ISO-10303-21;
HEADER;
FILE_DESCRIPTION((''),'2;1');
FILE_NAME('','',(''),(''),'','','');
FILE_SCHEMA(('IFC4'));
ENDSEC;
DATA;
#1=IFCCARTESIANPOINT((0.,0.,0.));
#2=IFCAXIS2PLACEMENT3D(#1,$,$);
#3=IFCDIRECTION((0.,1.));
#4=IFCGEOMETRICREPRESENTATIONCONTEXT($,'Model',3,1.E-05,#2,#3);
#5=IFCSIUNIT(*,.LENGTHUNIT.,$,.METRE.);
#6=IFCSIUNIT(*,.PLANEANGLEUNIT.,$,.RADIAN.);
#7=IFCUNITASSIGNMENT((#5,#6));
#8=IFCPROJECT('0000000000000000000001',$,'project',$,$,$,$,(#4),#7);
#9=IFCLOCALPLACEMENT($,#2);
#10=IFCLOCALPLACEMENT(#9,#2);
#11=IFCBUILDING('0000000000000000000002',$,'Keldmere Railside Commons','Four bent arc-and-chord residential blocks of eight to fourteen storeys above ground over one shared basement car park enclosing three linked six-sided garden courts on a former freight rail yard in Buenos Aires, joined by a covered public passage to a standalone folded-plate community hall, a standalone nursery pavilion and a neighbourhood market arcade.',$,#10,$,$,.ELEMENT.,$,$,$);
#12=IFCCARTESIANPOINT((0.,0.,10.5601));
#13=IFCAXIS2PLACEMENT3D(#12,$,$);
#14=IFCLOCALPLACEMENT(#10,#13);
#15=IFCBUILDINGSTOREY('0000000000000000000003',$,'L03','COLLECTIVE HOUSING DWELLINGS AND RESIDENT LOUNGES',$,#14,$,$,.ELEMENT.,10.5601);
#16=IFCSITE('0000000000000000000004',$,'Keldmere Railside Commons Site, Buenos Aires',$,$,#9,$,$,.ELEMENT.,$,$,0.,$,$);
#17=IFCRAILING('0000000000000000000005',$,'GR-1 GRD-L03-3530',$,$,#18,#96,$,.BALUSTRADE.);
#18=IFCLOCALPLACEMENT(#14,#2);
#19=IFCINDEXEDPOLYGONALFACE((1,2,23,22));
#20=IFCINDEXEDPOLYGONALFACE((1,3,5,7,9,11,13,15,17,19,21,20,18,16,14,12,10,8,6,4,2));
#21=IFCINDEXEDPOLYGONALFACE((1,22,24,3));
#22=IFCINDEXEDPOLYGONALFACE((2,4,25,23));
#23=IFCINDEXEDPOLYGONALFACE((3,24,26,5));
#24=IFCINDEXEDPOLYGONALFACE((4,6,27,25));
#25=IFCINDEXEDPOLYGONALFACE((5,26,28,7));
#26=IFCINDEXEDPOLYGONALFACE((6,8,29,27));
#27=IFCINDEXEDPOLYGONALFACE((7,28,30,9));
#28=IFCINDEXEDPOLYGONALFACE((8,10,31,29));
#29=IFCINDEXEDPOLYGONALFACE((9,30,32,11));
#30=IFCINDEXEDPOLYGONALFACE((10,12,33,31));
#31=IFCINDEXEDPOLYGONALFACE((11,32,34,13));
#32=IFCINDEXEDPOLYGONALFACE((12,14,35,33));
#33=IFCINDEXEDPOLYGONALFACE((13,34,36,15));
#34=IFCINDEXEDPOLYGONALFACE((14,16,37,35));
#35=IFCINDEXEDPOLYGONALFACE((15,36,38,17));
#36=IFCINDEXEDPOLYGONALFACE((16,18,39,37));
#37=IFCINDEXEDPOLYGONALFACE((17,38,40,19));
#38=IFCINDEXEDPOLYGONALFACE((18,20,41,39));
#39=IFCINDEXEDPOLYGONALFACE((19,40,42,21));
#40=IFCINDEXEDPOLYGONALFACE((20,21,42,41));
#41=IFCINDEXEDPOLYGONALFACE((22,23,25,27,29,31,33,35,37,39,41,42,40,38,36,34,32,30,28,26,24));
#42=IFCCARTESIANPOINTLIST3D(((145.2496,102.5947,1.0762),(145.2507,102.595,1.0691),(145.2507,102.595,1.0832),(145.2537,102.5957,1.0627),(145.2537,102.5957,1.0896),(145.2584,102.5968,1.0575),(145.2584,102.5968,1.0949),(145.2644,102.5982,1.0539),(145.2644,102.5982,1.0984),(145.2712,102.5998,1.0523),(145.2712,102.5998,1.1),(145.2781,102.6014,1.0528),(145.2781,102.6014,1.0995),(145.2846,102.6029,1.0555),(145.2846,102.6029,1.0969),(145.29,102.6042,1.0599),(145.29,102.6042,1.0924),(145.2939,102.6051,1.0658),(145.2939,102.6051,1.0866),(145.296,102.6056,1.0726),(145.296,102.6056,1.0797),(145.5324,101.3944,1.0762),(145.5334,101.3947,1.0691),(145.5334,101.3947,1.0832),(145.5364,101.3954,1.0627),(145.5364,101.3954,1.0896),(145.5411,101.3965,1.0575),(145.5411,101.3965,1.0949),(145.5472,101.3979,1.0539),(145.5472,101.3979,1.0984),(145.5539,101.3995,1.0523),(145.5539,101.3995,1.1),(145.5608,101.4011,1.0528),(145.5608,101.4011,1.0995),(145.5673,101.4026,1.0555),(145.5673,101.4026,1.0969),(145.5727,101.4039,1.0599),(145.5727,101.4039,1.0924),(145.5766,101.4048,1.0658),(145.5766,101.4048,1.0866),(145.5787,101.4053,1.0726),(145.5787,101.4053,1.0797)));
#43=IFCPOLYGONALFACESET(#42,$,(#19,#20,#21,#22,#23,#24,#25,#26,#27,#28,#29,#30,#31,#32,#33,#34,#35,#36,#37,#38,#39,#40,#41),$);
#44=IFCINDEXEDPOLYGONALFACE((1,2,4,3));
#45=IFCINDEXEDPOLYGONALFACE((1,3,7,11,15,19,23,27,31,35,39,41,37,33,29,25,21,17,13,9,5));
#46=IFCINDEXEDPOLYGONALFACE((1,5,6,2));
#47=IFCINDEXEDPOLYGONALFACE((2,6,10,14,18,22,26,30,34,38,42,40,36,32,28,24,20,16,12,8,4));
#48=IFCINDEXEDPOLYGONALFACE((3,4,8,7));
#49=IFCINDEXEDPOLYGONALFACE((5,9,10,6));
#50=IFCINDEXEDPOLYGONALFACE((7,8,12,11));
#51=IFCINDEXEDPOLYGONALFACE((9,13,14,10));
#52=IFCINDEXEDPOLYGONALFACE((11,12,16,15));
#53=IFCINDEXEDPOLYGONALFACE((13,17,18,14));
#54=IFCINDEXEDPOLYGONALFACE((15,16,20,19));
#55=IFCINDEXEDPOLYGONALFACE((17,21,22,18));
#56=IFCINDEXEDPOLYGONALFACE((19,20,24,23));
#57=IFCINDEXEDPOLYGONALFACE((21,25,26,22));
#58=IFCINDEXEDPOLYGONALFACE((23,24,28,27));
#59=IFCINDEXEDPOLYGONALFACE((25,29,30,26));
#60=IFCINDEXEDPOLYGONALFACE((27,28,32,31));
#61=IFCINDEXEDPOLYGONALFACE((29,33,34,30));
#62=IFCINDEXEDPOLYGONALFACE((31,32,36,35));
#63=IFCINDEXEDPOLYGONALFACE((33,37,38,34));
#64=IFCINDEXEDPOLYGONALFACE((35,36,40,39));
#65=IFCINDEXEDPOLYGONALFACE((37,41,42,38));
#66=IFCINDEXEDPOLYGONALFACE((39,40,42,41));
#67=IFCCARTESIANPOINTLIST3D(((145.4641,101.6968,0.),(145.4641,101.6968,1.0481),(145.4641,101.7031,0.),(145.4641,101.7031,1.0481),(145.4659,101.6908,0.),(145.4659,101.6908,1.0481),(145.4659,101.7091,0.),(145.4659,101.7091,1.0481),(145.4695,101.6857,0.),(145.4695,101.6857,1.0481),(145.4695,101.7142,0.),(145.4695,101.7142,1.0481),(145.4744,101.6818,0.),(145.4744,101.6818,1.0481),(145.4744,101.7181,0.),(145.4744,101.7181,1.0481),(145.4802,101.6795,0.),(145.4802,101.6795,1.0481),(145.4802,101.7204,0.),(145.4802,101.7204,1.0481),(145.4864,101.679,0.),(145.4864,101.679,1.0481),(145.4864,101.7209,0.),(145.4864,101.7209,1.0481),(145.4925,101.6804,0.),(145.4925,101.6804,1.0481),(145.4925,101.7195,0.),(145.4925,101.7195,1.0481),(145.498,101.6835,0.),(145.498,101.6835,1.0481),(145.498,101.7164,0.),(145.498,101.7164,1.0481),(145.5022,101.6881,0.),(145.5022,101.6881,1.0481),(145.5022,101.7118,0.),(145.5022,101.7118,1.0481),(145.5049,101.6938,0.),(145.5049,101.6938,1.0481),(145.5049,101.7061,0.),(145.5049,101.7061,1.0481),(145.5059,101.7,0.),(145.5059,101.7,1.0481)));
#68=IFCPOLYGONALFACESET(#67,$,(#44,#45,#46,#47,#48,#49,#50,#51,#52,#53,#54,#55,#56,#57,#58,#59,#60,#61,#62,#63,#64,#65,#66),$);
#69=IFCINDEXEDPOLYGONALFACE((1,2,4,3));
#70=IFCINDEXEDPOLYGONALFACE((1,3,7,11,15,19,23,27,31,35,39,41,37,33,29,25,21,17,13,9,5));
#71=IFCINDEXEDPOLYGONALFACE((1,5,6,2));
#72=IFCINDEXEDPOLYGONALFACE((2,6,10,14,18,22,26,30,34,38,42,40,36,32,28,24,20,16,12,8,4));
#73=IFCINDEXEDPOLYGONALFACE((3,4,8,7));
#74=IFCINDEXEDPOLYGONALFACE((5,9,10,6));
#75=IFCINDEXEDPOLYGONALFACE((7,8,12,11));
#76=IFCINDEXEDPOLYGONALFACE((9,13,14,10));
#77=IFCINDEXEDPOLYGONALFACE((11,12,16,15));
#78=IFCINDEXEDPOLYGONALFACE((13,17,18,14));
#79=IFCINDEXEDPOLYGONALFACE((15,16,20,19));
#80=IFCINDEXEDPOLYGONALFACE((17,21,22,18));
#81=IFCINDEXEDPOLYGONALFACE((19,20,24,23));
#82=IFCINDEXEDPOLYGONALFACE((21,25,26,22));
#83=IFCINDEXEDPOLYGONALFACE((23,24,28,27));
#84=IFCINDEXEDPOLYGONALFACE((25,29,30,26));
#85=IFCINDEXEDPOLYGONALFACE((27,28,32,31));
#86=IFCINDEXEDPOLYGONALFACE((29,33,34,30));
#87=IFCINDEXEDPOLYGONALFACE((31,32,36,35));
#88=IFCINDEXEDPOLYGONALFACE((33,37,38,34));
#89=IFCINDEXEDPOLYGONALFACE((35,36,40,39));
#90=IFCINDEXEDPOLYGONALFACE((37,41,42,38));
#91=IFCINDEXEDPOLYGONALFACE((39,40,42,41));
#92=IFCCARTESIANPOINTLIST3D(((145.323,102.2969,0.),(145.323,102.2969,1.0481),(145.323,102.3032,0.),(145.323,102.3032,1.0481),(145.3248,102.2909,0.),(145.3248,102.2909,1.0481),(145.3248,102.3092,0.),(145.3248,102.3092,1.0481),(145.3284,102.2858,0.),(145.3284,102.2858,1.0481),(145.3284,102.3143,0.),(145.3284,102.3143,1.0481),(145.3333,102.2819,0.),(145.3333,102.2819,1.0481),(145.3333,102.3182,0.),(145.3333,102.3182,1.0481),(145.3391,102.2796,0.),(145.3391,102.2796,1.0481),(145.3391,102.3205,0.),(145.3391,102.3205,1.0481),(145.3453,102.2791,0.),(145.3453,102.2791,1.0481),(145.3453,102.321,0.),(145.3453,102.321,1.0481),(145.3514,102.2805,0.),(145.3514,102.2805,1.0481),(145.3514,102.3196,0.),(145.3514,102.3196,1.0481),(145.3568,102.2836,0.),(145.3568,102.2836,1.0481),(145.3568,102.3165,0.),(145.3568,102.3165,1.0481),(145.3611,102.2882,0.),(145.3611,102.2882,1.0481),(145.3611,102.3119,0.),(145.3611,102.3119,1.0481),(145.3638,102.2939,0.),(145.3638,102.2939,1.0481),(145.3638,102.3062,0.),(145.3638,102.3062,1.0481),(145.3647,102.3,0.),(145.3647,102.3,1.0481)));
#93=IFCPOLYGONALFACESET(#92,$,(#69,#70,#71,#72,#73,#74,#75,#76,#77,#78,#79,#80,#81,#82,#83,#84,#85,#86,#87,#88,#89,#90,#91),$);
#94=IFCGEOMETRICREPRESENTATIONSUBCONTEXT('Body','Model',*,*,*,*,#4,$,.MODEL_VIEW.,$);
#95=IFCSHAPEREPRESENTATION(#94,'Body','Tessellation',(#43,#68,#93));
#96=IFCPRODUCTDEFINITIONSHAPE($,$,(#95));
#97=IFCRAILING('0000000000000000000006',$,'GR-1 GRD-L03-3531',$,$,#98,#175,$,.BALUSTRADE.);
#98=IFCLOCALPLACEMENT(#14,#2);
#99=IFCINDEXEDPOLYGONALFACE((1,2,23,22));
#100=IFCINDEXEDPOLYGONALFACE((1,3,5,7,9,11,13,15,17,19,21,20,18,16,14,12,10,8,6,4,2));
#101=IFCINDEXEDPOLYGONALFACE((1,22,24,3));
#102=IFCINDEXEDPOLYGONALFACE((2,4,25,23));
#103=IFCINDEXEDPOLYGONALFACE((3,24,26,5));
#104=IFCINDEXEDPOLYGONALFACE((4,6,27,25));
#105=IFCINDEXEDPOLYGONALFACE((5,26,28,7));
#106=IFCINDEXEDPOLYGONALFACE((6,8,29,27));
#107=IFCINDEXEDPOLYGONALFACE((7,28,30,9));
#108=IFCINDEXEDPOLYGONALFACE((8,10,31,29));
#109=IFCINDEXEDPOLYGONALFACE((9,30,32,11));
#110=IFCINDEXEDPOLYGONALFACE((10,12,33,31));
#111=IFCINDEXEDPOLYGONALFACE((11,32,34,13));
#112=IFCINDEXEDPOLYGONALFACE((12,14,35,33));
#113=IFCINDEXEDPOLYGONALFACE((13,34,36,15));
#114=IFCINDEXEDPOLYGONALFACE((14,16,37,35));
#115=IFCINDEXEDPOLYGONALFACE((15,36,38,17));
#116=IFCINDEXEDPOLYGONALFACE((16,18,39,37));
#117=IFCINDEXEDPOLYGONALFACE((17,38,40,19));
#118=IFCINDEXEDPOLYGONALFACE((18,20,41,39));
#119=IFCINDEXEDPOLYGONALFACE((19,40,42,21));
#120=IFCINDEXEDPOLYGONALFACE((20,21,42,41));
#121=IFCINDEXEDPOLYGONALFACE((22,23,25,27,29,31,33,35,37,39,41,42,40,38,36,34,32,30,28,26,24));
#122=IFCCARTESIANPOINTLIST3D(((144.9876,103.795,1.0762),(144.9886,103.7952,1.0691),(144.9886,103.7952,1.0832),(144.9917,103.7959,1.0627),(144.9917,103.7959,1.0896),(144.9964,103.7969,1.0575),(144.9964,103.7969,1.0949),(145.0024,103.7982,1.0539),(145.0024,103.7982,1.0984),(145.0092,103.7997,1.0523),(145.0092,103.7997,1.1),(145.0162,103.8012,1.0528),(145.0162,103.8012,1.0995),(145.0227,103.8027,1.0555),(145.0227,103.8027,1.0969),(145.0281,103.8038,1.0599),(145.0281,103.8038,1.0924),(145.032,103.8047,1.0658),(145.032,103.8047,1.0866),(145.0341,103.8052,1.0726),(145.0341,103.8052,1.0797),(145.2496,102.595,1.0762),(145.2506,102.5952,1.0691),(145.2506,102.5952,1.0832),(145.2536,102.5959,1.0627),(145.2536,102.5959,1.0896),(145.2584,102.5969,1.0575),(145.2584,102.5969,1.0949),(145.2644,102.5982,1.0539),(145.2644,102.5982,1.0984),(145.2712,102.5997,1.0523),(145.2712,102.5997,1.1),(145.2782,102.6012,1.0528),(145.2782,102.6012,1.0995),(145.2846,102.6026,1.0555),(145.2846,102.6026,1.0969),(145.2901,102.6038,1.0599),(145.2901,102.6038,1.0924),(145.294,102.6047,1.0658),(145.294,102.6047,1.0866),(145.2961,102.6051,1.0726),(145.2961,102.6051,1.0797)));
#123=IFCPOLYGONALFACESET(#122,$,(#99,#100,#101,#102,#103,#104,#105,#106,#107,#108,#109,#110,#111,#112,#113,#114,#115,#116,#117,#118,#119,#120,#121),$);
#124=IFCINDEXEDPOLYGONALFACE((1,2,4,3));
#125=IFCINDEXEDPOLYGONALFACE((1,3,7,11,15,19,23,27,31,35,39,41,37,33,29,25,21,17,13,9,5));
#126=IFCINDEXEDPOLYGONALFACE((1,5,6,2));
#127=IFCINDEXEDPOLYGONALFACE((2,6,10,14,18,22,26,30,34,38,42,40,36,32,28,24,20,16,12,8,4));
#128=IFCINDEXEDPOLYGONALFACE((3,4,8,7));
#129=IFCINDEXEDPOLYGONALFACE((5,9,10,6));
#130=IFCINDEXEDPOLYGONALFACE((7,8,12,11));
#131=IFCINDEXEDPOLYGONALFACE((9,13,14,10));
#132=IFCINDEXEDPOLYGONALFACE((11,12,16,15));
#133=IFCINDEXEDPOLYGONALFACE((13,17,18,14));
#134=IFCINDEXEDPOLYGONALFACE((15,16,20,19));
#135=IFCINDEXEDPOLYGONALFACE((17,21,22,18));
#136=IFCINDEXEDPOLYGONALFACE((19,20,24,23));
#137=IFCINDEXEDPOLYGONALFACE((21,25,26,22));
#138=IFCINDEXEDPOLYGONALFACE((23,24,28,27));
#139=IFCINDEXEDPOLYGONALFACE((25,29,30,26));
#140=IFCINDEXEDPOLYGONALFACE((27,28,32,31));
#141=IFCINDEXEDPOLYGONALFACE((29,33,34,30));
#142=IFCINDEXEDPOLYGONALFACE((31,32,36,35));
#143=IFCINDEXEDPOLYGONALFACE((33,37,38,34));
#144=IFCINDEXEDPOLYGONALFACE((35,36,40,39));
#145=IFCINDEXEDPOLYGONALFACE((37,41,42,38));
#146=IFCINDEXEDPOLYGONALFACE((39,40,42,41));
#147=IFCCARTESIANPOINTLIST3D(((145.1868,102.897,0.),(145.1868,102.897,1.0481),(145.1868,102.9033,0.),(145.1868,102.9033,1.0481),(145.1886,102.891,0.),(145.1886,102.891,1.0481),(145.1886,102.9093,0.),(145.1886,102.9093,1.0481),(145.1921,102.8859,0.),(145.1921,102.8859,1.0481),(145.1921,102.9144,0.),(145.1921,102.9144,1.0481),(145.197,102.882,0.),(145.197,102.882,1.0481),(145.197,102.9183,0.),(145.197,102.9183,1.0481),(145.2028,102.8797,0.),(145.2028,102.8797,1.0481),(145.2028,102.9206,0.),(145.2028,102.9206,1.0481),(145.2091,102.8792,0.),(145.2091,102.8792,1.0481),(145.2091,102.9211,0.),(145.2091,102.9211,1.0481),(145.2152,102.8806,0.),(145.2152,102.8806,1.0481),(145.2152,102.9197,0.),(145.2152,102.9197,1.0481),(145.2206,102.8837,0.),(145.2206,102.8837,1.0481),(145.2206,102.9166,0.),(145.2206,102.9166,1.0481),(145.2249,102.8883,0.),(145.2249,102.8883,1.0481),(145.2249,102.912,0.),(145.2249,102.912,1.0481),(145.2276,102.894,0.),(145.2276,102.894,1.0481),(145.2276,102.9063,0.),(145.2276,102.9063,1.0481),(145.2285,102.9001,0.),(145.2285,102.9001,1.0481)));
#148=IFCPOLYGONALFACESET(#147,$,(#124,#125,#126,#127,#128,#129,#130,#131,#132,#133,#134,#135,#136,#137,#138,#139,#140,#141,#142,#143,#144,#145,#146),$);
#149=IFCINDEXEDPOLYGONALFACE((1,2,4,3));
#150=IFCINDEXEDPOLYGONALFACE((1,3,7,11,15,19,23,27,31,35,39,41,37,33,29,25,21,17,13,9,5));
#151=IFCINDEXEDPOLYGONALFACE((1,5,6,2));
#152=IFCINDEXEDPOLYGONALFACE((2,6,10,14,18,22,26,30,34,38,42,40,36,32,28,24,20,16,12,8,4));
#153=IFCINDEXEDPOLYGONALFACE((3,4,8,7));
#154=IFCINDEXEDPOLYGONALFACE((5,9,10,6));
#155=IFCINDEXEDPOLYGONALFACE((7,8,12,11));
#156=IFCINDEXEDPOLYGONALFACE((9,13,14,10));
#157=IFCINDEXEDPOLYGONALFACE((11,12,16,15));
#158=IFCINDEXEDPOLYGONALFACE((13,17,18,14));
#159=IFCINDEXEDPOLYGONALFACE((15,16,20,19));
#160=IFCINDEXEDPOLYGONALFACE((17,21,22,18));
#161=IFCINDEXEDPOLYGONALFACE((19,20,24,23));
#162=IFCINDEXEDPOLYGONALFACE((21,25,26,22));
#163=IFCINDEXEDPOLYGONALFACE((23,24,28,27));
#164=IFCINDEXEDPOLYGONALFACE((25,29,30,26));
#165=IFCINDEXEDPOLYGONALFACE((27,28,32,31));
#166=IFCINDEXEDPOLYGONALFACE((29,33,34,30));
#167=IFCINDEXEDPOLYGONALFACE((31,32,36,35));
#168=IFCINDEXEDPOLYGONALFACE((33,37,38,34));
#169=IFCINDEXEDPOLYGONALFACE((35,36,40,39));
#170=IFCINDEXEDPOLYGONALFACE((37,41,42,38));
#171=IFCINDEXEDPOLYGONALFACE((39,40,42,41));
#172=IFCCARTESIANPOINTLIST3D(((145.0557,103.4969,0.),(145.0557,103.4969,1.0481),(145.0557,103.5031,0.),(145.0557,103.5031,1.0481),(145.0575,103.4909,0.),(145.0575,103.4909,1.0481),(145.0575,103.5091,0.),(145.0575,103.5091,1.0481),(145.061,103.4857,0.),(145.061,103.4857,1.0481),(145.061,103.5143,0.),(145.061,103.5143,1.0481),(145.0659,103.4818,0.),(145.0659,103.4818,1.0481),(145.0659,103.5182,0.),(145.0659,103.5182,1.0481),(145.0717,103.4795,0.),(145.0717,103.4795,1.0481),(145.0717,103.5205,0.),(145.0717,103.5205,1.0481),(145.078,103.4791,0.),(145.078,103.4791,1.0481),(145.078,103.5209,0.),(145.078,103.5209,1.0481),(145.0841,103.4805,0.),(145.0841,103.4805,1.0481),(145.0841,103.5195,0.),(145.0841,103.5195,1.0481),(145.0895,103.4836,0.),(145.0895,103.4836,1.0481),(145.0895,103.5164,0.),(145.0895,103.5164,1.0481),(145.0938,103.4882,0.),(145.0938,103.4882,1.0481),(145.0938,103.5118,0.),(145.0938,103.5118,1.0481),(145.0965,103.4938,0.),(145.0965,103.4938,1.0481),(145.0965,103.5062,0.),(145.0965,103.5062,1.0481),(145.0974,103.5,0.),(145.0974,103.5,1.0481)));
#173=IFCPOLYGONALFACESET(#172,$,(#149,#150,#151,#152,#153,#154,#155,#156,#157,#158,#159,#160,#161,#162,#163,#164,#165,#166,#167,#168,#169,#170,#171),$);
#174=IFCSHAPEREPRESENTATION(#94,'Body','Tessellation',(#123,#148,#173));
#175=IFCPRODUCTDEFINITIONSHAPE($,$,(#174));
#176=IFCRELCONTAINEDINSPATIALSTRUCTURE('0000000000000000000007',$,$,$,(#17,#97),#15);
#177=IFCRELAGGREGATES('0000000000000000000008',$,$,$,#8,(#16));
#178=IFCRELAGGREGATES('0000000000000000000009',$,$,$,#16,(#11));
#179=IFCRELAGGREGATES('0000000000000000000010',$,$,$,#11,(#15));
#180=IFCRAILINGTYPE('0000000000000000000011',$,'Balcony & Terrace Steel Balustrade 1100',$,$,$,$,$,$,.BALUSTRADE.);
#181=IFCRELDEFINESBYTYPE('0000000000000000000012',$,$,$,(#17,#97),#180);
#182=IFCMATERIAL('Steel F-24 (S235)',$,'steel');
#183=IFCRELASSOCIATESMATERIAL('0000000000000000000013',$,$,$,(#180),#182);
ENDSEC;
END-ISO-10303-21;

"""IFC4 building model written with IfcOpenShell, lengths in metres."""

from ifc_helpers import new_model, si_unit, direction, frame, origin, origin_2d, place, context, subcontext, project, spatial, circle, extrude, material, type_object, element, save


model = new_model("IFC4")

# Units and contexts
model_context = context("Model", 3, precision=1e-05, world=origin(), true_north=direction((0.0, 1.0)))
body_context = subcontext(model_context, "Body", "Model", "MODEL_VIEW")
ifc_project = project(units=[si_unit("LENGTHUNIT", "METRE"), si_unit("PLANEANGLEUNIT", "RADIAN")], contexts=[model_context])

# Site, building, storey
site_placement = place(None, origin())
site = spatial("IfcSite", under=ifc_project, at=site_placement, Name="Keldmere Railside Commons Site, Buenos Aires", CompositionType="ELEMENT", RefElevation=0.0)
building_placement = place(site_placement, origin())
building = spatial("IfcBuilding", under=site, at=building_placement, Name="Keldmere Railside Commons", Description="Four bent arc-and-chord residential blocks of eight to fourteen storeys above ground over one shared basement car park enclosing three linked six-sided garden courts on a former freight rail yard in Buenos Aires, joined by a covered public passage to a standalone folded-plate community hall, a standalone nursery pavilion and a neighbourhood market arcade.", CompositionType="ELEMENT")
storey_placement = place(building_placement, frame((0.0, 0.0, 10.5601)))
storey = spatial("IfcBuildingStorey", under=building, at=storey_placement, Name="L03", Description="COLLECTIVE HOUSING DWELLINGS AND RESIDENT LOUNGES", CompositionType="ELEMENT", Elevation=10.5601)

# Shared definitions
ifc_material_1 = material(Name="Steel F-24 (S235)", Category="steel")

# Railings
railing_type_1 = type_object("IfcRailingType", Name="Balcony & Terrace Steel Balustrade 1100", PredefinedType="BALUSTRADE", material=ifc_material_1)
railing_1_placement = place(storey_placement, frame((145.5557, 101.3999, 0.0)))
element("IfcRailing", 1, at=railing_1_placement, inside=storey, type_object=railing_type_1, Name="GR-1 GRD-L03-3530", PredefinedType="BALUSTRADE", context=body_context, shape_type="SweptSolid", body=[
    extrude(circle(Radius=0.0239, at=origin_2d()), frame((0.0, 0.0, 1.0762), z_axis=(-0.229282, 0.97336, 0.0), x_axis=(-0.97336, -0.229282, 0.0)), (0.0, 0.0, 1.0), 1.2332),
    extrude(circle(Radius=0.021, at=origin_2d()), frame((-0.0708, 0.3, 0.0)), (0.0, 0.0, 1.0), 1.0481),
    extrude(circle(Radius=0.021, at=origin_2d()), frame((-0.2119, 0.9001, 0.0)), (0.0, 0.0, 1.0), 1.0481),
])
railing_2_placement = place(storey_placement, frame((145.2729, 102.6001, 0.0)))
element("IfcRailing", 2, at=railing_2_placement, inside=storey, type_object=railing_type_1, Name="GR-1 GRD-L03-3531", PredefinedType="BALUSTRADE", context=body_context, shape_type="SweptSolid", body=[
    extrude(circle(Radius=0.0239, at=origin_2d()), frame((0.0, 0.0, 1.0762), z_axis=(-0.213288, 0.976989, 0.0), x_axis=(-0.976989, -0.213288, 0.0)), (0.0, 0.0, 1.0), 1.2283),
    extrude(circle(Radius=0.021, at=origin_2d()), frame((-0.0654, 0.3, 0.0)), (0.0, 0.0, 1.0), 1.0481),
    extrude(circle(Radius=0.021, at=origin_2d()), frame((-0.1965, 0.8999, 0.0)), (0.0, 0.0, 1.0), 1.0481),
])

save(model, "model.ifc")
